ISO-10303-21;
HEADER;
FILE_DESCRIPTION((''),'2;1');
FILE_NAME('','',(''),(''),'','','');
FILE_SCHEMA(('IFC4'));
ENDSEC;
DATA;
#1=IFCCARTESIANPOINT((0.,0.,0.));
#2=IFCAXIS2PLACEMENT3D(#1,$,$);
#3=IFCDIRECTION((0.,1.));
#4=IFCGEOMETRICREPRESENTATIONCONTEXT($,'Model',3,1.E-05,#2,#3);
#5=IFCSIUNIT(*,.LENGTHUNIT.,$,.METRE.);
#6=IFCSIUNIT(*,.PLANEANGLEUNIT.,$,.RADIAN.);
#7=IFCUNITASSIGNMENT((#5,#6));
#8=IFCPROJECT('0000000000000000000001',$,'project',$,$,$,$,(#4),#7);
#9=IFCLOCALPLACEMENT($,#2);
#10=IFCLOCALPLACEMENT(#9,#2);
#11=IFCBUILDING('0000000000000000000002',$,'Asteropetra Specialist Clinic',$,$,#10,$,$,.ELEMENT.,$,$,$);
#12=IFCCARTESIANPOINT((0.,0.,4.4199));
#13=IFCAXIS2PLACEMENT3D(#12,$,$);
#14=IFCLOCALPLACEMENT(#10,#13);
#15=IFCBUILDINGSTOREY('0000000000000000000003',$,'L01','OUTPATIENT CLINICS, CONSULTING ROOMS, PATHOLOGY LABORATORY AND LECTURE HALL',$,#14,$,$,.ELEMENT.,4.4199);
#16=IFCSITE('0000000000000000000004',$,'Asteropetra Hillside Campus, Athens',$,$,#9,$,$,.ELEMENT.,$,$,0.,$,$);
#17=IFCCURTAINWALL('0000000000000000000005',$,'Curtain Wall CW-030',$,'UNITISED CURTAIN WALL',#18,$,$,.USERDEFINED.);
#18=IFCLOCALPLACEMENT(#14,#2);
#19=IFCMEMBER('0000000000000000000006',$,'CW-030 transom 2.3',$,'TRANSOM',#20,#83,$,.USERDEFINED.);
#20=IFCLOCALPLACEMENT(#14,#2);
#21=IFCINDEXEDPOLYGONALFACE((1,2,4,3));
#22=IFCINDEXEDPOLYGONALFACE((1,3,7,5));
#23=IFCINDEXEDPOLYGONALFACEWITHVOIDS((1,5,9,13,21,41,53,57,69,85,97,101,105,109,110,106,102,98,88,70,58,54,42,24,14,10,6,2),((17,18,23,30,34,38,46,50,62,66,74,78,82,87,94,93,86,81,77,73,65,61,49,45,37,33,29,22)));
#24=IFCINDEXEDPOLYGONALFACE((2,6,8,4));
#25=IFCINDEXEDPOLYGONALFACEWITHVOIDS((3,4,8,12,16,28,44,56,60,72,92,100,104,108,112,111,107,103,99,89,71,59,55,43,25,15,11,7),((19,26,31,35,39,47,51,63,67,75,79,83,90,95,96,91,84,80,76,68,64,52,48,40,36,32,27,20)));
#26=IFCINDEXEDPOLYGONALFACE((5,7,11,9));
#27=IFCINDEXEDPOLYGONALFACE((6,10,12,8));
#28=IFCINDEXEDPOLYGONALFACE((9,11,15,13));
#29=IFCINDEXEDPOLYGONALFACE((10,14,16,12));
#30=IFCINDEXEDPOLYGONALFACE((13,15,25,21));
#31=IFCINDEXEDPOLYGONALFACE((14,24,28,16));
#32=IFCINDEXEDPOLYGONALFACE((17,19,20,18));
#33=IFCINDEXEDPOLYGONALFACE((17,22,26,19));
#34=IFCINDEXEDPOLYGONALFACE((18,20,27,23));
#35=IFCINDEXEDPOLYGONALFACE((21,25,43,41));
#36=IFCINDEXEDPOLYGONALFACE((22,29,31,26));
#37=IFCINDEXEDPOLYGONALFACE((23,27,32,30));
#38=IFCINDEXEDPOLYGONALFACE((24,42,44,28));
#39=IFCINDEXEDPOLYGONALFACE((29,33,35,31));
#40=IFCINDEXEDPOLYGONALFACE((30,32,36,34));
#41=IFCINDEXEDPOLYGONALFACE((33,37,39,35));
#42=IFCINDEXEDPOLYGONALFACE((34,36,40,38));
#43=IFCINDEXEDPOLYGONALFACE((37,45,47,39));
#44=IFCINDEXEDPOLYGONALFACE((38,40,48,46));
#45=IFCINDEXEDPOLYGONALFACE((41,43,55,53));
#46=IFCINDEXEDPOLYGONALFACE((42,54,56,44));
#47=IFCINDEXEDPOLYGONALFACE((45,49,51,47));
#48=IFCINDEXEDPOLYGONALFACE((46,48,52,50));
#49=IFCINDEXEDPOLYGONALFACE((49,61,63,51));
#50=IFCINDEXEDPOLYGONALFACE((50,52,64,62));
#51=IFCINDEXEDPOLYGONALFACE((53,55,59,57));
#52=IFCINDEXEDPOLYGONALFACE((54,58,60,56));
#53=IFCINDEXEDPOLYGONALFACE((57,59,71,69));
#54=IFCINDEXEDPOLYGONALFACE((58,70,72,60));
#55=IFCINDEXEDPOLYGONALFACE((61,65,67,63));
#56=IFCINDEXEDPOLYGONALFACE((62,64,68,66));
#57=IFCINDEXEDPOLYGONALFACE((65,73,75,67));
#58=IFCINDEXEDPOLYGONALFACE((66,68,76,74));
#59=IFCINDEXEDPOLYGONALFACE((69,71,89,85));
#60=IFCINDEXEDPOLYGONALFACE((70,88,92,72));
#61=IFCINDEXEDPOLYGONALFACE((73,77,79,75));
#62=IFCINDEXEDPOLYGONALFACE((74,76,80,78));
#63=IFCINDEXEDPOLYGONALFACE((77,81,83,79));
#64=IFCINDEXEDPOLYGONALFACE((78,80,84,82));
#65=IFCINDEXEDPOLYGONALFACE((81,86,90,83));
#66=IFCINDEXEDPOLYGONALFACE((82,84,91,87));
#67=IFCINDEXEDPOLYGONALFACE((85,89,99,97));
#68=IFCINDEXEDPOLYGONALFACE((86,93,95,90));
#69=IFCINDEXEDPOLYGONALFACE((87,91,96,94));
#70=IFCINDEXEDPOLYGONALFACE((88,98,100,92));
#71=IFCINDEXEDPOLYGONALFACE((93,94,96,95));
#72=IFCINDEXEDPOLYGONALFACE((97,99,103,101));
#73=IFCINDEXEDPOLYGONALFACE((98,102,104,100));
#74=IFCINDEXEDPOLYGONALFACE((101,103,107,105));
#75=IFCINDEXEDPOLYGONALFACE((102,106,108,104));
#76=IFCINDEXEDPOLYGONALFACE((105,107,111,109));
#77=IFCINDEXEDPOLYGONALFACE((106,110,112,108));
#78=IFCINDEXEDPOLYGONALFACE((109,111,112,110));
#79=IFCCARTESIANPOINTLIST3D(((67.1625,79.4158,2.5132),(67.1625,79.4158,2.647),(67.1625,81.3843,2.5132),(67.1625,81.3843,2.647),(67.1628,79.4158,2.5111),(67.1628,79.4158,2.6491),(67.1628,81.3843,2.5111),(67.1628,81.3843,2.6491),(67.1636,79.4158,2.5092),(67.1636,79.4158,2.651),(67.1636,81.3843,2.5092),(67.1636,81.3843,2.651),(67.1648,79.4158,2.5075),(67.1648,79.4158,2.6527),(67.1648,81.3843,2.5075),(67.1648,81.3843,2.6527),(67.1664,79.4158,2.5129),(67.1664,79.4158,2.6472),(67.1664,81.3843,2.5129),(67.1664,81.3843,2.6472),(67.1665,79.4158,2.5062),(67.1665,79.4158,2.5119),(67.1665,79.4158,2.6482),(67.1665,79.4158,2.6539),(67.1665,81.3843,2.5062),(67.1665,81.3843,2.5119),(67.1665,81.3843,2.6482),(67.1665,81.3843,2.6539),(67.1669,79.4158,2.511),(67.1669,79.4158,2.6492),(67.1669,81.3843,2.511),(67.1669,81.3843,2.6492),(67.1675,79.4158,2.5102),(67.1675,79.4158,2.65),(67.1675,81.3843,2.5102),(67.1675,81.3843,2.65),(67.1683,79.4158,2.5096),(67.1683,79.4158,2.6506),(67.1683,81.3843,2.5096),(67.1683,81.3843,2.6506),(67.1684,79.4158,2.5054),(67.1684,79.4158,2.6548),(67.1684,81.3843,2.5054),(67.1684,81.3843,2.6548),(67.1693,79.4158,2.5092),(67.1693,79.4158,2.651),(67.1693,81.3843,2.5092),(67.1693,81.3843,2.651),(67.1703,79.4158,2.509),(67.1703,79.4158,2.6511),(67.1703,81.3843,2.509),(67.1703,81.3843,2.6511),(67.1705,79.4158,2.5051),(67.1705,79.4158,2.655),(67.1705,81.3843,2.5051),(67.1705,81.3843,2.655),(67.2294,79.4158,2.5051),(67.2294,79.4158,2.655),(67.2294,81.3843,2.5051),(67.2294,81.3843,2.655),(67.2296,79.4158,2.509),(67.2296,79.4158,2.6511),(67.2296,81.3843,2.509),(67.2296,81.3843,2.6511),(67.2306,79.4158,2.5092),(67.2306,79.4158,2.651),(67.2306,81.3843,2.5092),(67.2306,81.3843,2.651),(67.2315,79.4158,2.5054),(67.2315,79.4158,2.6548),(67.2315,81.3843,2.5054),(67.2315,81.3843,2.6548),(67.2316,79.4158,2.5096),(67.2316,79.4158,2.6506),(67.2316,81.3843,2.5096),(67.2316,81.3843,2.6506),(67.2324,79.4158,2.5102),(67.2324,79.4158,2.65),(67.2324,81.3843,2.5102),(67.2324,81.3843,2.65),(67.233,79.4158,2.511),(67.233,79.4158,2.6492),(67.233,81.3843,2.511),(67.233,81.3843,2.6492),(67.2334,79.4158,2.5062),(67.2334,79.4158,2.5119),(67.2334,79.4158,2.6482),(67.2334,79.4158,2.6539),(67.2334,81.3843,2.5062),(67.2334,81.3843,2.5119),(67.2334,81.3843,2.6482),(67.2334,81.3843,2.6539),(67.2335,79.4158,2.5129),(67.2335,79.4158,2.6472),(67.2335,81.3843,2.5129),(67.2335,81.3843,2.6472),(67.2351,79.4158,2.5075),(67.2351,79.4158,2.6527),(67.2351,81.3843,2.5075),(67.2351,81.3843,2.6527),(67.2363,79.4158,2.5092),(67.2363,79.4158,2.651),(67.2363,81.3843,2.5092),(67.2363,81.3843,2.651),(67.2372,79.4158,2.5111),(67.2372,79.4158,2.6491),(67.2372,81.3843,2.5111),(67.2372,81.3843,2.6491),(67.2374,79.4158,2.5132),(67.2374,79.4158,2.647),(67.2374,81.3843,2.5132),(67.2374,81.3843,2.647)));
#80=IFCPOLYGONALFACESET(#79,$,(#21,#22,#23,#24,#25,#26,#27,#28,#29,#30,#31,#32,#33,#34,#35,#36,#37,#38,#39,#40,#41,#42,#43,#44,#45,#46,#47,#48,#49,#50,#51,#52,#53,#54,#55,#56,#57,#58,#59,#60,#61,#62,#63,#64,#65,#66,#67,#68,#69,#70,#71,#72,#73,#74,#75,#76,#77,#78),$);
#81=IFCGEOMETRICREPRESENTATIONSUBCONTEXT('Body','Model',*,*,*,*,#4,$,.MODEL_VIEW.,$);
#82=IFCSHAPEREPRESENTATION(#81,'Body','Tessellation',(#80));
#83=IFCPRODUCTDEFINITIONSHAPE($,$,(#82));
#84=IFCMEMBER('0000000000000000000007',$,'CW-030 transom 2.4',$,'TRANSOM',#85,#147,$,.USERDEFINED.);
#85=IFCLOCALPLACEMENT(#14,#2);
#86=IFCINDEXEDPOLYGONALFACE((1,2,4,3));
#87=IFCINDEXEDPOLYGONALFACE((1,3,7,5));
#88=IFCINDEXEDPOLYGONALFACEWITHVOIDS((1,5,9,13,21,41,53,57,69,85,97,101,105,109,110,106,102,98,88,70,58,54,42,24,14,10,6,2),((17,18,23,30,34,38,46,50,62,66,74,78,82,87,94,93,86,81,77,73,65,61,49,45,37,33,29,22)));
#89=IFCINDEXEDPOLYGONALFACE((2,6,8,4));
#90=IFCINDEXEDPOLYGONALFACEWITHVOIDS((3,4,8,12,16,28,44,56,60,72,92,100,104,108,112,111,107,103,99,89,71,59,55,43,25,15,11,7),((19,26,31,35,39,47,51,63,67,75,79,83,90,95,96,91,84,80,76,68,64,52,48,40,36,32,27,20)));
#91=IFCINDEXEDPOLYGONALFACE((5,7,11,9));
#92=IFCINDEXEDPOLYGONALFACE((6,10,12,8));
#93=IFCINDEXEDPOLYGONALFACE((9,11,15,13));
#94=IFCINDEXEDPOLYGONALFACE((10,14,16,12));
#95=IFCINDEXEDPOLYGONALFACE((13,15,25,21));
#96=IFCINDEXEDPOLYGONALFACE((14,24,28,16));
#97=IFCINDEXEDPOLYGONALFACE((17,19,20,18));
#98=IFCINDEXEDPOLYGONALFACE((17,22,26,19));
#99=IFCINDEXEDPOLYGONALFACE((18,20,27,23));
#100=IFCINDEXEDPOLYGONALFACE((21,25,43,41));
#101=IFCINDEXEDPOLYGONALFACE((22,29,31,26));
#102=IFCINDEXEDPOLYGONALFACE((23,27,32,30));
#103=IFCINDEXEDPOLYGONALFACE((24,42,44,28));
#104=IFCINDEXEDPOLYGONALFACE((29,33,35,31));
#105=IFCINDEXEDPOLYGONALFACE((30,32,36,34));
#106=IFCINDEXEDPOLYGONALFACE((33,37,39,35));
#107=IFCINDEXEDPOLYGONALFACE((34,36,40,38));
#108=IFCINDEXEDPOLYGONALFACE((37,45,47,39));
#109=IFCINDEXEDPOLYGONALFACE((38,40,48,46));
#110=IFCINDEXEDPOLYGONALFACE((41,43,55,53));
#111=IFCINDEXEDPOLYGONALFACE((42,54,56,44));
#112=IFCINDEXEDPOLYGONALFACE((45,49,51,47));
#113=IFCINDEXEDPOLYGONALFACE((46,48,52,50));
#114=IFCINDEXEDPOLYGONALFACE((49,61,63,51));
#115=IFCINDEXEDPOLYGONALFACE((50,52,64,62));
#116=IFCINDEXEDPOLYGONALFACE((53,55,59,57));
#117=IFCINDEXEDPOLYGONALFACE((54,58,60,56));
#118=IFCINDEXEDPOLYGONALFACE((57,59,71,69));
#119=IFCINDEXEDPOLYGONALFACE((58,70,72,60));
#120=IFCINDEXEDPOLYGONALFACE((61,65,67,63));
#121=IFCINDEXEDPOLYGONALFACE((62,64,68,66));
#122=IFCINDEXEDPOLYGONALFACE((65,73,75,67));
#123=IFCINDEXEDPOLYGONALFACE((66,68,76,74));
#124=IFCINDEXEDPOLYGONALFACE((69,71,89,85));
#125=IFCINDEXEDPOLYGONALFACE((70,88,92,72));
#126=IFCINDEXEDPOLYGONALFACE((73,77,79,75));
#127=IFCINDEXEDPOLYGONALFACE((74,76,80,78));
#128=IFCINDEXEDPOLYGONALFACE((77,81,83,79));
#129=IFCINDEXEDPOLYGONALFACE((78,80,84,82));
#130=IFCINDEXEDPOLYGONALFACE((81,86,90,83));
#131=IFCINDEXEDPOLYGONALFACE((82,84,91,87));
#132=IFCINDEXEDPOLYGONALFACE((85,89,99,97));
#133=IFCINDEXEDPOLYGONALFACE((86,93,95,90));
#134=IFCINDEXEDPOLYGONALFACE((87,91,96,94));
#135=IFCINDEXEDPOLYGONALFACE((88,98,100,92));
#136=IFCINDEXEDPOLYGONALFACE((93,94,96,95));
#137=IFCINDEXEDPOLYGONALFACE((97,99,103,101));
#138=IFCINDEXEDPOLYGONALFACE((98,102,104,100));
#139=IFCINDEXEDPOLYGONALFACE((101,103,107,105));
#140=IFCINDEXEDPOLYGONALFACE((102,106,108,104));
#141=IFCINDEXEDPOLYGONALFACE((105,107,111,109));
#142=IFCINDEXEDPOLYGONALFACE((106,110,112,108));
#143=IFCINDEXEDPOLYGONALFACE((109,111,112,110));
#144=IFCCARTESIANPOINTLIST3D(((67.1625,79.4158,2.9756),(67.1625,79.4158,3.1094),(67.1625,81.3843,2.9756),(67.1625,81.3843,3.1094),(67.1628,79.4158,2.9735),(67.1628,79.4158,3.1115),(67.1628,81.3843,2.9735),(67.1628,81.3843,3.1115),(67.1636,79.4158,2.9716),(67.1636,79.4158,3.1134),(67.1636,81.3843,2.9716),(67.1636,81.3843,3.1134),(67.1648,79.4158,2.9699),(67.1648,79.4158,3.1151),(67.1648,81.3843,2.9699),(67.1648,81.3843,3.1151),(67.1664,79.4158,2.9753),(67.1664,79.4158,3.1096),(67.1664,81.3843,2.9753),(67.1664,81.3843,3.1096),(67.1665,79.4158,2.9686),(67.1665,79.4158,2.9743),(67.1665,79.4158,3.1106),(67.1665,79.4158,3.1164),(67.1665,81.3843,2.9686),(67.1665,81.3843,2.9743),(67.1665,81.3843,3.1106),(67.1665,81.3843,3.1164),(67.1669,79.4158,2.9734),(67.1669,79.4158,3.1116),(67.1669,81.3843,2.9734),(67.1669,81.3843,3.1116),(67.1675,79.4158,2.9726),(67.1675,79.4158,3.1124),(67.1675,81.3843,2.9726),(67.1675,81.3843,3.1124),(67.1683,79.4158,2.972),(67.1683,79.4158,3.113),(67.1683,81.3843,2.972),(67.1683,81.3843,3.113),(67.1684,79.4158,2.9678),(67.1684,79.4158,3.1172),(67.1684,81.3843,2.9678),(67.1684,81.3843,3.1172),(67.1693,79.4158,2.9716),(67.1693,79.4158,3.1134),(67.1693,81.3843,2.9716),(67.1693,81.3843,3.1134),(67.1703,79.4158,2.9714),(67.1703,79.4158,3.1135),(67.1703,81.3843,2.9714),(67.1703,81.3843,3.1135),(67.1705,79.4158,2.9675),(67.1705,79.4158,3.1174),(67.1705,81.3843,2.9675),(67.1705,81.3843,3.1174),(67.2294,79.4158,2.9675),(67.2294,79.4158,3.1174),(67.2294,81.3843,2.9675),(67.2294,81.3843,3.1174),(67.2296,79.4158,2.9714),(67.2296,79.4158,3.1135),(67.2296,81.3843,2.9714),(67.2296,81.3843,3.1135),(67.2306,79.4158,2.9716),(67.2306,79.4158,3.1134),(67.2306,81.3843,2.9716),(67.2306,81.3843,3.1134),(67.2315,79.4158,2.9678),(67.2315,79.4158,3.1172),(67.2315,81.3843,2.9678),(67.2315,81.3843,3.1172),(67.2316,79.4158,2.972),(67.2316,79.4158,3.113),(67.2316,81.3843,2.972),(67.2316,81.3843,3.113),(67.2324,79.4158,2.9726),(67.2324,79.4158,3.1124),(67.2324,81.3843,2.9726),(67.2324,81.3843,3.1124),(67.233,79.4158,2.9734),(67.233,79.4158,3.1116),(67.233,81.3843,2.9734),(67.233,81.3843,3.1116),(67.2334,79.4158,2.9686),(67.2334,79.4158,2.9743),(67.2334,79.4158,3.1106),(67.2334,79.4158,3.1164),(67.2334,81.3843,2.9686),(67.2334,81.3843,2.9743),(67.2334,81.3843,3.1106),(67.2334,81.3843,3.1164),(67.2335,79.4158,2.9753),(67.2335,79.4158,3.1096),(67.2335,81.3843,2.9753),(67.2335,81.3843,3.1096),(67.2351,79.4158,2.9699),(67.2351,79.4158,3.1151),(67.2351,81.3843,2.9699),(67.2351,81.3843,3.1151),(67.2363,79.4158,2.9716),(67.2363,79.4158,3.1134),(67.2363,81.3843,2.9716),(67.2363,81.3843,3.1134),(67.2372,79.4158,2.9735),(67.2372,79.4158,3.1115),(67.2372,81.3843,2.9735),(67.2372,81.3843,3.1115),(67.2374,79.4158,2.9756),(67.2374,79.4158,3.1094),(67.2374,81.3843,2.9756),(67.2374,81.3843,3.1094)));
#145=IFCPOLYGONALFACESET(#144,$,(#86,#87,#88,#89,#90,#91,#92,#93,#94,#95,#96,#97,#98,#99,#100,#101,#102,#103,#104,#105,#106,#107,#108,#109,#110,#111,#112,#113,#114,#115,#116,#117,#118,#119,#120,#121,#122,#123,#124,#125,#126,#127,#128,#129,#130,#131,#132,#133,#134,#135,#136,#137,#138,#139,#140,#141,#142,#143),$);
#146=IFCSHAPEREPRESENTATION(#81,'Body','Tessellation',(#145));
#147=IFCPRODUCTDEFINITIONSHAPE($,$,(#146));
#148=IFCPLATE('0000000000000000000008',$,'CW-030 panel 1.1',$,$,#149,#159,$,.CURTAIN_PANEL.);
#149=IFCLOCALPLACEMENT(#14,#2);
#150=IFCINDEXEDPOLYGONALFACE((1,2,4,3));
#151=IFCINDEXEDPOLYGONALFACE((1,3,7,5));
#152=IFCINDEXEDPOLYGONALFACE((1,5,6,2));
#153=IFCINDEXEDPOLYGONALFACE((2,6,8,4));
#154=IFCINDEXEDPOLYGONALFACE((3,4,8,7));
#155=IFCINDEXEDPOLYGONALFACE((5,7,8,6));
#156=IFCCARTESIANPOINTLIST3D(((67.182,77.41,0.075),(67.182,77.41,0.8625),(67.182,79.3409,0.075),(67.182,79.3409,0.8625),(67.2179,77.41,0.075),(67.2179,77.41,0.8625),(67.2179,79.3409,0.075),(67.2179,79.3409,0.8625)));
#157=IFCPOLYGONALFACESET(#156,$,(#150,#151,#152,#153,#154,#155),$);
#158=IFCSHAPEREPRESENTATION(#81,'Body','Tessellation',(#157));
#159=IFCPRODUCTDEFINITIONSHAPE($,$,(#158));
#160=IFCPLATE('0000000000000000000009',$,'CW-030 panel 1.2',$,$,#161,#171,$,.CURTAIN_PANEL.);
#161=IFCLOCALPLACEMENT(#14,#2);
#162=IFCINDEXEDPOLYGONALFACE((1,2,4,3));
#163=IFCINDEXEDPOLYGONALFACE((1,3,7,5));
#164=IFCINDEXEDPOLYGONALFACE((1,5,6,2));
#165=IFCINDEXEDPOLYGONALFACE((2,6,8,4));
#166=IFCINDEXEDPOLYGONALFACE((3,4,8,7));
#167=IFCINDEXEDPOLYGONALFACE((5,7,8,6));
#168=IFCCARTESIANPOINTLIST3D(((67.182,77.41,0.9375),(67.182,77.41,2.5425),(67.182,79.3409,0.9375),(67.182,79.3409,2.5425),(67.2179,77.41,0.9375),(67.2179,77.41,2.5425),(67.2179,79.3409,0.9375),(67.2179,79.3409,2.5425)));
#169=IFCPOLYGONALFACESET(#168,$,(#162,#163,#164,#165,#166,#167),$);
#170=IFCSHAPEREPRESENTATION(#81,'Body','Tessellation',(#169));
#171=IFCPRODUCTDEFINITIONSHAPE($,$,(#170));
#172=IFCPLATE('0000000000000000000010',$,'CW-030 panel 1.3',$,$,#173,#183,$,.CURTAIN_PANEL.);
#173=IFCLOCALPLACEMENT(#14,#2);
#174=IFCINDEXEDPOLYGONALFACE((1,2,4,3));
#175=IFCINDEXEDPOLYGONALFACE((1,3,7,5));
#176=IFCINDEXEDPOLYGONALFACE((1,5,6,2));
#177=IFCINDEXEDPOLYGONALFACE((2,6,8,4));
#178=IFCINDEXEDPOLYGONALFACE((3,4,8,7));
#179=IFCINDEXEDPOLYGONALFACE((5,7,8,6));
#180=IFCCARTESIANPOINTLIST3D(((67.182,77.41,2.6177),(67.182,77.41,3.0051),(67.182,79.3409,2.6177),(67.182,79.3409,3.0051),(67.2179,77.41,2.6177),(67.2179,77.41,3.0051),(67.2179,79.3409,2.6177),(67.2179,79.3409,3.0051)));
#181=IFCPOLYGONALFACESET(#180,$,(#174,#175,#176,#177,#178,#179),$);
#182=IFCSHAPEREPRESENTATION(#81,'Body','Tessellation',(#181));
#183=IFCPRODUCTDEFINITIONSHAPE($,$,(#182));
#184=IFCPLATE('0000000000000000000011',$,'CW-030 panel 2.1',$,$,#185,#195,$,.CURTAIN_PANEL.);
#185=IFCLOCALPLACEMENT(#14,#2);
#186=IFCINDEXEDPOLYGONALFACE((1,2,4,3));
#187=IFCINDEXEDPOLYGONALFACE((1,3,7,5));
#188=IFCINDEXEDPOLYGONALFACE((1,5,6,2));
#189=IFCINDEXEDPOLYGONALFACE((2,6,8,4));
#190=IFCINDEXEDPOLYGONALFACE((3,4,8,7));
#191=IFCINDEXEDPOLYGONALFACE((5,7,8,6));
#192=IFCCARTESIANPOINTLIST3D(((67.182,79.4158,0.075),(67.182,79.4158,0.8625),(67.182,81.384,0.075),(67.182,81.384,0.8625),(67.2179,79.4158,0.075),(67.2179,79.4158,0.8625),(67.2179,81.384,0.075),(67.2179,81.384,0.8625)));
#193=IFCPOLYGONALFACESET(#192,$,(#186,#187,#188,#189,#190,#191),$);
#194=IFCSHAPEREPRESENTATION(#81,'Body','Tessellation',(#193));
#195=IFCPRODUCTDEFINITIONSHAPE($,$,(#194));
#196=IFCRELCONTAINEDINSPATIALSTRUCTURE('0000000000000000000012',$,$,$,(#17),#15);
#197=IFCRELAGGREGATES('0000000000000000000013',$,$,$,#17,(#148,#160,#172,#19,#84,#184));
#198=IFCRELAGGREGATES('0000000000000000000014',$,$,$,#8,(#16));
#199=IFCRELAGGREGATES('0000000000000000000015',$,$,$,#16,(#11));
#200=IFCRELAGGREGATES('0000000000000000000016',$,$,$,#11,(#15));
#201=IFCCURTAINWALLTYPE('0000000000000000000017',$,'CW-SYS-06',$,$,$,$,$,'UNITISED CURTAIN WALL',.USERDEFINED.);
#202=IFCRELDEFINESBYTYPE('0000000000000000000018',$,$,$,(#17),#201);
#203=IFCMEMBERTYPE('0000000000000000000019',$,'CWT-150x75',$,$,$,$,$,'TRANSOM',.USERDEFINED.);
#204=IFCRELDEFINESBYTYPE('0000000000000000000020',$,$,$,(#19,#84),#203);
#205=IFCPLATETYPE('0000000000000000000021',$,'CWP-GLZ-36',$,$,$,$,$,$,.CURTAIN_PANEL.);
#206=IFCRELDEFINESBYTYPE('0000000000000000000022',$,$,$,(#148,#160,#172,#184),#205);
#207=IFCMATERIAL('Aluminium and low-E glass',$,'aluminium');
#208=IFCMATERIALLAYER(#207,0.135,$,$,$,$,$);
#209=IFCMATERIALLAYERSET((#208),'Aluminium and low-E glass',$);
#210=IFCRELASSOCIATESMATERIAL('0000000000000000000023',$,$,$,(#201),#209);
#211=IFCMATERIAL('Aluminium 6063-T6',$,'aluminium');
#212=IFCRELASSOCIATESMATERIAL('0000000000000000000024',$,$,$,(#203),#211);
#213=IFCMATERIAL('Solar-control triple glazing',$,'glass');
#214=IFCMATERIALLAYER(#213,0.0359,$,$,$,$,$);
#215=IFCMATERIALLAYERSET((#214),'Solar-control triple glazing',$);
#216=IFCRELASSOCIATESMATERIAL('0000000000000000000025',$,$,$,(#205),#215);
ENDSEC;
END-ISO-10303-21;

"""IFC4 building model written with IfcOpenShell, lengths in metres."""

from ifc_helpers import new_model, si_unit, direction, frame, origin, origin_2d, place, context, subcontext, project, spatial, rectangle, hollow_rectangle, extrude, material, layer, layer_set, material_profile, profile_set, type_object, element, aggregate, save


model = new_model("IFC4")

# Units and contexts
model_context = context("Model", 3, precision=1e-05, world=origin(), true_north=direction((0.0, 1.0)))
body_context = subcontext(model_context, "Body", "Model", "MODEL_VIEW")
ifc_project = project(units=[si_unit("LENGTHUNIT", "METRE"), si_unit("PLANEANGLEUNIT", "RADIAN")], contexts=[model_context])

# Site, building, storey
site_placement = place(None, origin())
site = spatial("IfcSite", under=ifc_project, at=site_placement, Name="Asteropetra Hillside Campus, Athens", CompositionType="ELEMENT", RefElevation=0.0)
building_placement = place(site_placement, origin())
building = spatial("IfcBuilding", under=site, at=building_placement, Name="Asteropetra Specialist Clinic", CompositionType="ELEMENT")
storey_placement = place(building_placement, frame((0.0, 0.0, 4.4199)))
storey = spatial("IfcBuildingStorey", under=building, at=storey_placement, Name="L01", Description="OUTPATIENT CLINICS, CONSULTING ROOMS, PATHOLOGY LABORATORY AND LECTURE HALL", CompositionType="ELEMENT", Elevation=4.4199)

# Curtain wall, members, plates
ifc_material_1 = material(Name="Aluminium and low-E glass", Category="aluminium")
ifc_layer_1 = layer(ifc_material_1, 0.135)
ifc_layer_set_1 = layer_set([ifc_layer_1], Name="Aluminium and low-E glass")
curtain_wall_type_1 = type_object("IfcCurtainWallType", Name="CW-SYS-06", ElementType="UNITISED CURTAIN WALL", PredefinedType="USERDEFINED", material=ifc_layer_set_1)
curtain_wall_1_placement = place(storey_placement, origin())
curtain_wall_1 = element("IfcCurtainWall", 1, at=curtain_wall_1_placement, inside=storey, type_object=curtain_wall_type_1, Name="Curtain Wall CW-030", ObjectType="UNITISED CURTAIN WALL", PredefinedType="USERDEFINED")
ifc_material_2 = material(Name="Aluminium 6063-T6", Category="aluminium")
ifc_material_profile_1 = material_profile(ifc_material_2, hollow_rectangle(XDim=0.075, YDim=0.1499, WallThickness=0.0039, InnerFilletRadius=0.0039, OuterFilletRadius=0.0081, at=origin_2d()), Name="TRN 150x75x4.0")
ifc_profile_set_1 = profile_set([ifc_material_profile_1], Name="Aluminium 6063-T6")
member_type_1 = type_object("IfcMemberType", Name="CWT-150x75", ElementType="TRANSOM", PredefinedType="USERDEFINED", material=ifc_profile_set_1)
member_1_placement = place(storey_placement, frame((67.2, 79.4158, 2.5801), z_axis=(0.0, 1.0, 0.0), x_axis=(-1.0, 0.0, 0.0)))
member_1 = element("IfcMember", 2, at=member_1_placement, type_object=member_type_1, Name="CW-030 transom 2.3", ObjectType="TRANSOM", PredefinedType="USERDEFINED", context=body_context, shape_type="SweptSolid", body=[
    extrude(hollow_rectangle(XDim=0.075, YDim=0.1499, WallThickness=0.0039, InnerFilletRadius=0.0039, OuterFilletRadius=0.0081, at=origin_2d()), origin(), (0.0, 0.0, 1.0), 1.9685),
])
member_2_placement = place(storey_placement, frame((67.2, 79.4158, 3.0425), z_axis=(0.0, 1.0, 0.0), x_axis=(-1.0, 0.0, 0.0)))
member_2 = element("IfcMember", 3, at=member_2_placement, type_object=member_type_1, Name="CW-030 transom 2.4", ObjectType="TRANSOM", PredefinedType="USERDEFINED", context=body_context, shape_type="SweptSolid", body=[
    extrude(hollow_rectangle(XDim=0.075, YDim=0.1499, WallThickness=0.0039, InnerFilletRadius=0.0039, OuterFilletRadius=0.0081, at=origin_2d()), origin(), (0.0, 0.0, 1.0), 1.9685),
])
ifc_material_3 = material(Name="Solar-control triple glazing", Category="glass")
ifc_layer_2 = layer(ifc_material_3, 0.0359)
ifc_layer_set_2 = layer_set([ifc_layer_2], Name="Solar-control triple glazing")
plate_type_1 = type_object("IfcPlateType", Name="CWP-GLZ-36", PredefinedType="CURTAIN_PANEL", material=ifc_layer_set_2)
plate_1_placement = place(storey_placement, frame((67.2, 78.3755, 0.075), z_axis=(0.0, 0.0, 1.0), x_axis=(0.0, 1.0, 0.0)))
plate_1 = element("IfcPlate", 4, at=plate_1_placement, type_object=plate_type_1, Name="CW-030 panel 1.1", PredefinedType="CURTAIN_PANEL", context=body_context, shape_type="SweptSolid", body=[
    extrude(rectangle(XDim=1.9309, YDim=0.0359, at=origin_2d()), origin(), (0.0, 0.0, 1.0), 0.7876),
])
plate_2_placement = place(storey_placement, frame((67.2, 78.3755, 0.9375), z_axis=(0.0, 0.0, 1.0), x_axis=(0.0, 1.0, 0.0)))
plate_2 = element("IfcPlate", 5, at=plate_2_placement, type_object=plate_type_1, Name="CW-030 panel 1.2", PredefinedType="CURTAIN_PANEL", context=body_context, shape_type="SweptSolid", body=[
    extrude(rectangle(XDim=1.9309, YDim=0.0359, at=origin_2d()), origin(), (0.0, 0.0, 1.0), 1.605),
])
plate_3_placement = place(storey_placement, frame((67.2, 78.3755, 2.6177), z_axis=(0.0, 0.0, 1.0), x_axis=(0.0, 1.0, 0.0)))
plate_3 = element("IfcPlate", 6, at=plate_3_placement, type_object=plate_type_1, Name="CW-030 panel 1.3", PredefinedType="CURTAIN_PANEL", context=body_context, shape_type="SweptSolid", body=[
    extrude(rectangle(XDim=1.9309, YDim=0.0359, at=origin_2d()), origin(), (0.0, 0.0, 1.0), 0.3875),
])
plate_4_placement = place(storey_placement, frame((67.2, 80.3999, 0.075), z_axis=(0.0, 0.0, 1.0), x_axis=(0.0, 1.0, 0.0)))
plate_4 = element("IfcPlate", 7, at=plate_4_placement, type_object=plate_type_1, Name="CW-030 panel 2.1", PredefinedType="CURTAIN_PANEL", context=body_context, shape_type="SweptSolid", body=[
    extrude(rectangle(XDim=1.9683, YDim=0.0359, at=origin_2d()), origin(), (0.0, 0.0, 1.0), 0.7876),
])
aggregate(curtain_wall_1, [plate_1, plate_2, plate_3, member_1, member_2, plate_4])

save(model, "model.ifc")
